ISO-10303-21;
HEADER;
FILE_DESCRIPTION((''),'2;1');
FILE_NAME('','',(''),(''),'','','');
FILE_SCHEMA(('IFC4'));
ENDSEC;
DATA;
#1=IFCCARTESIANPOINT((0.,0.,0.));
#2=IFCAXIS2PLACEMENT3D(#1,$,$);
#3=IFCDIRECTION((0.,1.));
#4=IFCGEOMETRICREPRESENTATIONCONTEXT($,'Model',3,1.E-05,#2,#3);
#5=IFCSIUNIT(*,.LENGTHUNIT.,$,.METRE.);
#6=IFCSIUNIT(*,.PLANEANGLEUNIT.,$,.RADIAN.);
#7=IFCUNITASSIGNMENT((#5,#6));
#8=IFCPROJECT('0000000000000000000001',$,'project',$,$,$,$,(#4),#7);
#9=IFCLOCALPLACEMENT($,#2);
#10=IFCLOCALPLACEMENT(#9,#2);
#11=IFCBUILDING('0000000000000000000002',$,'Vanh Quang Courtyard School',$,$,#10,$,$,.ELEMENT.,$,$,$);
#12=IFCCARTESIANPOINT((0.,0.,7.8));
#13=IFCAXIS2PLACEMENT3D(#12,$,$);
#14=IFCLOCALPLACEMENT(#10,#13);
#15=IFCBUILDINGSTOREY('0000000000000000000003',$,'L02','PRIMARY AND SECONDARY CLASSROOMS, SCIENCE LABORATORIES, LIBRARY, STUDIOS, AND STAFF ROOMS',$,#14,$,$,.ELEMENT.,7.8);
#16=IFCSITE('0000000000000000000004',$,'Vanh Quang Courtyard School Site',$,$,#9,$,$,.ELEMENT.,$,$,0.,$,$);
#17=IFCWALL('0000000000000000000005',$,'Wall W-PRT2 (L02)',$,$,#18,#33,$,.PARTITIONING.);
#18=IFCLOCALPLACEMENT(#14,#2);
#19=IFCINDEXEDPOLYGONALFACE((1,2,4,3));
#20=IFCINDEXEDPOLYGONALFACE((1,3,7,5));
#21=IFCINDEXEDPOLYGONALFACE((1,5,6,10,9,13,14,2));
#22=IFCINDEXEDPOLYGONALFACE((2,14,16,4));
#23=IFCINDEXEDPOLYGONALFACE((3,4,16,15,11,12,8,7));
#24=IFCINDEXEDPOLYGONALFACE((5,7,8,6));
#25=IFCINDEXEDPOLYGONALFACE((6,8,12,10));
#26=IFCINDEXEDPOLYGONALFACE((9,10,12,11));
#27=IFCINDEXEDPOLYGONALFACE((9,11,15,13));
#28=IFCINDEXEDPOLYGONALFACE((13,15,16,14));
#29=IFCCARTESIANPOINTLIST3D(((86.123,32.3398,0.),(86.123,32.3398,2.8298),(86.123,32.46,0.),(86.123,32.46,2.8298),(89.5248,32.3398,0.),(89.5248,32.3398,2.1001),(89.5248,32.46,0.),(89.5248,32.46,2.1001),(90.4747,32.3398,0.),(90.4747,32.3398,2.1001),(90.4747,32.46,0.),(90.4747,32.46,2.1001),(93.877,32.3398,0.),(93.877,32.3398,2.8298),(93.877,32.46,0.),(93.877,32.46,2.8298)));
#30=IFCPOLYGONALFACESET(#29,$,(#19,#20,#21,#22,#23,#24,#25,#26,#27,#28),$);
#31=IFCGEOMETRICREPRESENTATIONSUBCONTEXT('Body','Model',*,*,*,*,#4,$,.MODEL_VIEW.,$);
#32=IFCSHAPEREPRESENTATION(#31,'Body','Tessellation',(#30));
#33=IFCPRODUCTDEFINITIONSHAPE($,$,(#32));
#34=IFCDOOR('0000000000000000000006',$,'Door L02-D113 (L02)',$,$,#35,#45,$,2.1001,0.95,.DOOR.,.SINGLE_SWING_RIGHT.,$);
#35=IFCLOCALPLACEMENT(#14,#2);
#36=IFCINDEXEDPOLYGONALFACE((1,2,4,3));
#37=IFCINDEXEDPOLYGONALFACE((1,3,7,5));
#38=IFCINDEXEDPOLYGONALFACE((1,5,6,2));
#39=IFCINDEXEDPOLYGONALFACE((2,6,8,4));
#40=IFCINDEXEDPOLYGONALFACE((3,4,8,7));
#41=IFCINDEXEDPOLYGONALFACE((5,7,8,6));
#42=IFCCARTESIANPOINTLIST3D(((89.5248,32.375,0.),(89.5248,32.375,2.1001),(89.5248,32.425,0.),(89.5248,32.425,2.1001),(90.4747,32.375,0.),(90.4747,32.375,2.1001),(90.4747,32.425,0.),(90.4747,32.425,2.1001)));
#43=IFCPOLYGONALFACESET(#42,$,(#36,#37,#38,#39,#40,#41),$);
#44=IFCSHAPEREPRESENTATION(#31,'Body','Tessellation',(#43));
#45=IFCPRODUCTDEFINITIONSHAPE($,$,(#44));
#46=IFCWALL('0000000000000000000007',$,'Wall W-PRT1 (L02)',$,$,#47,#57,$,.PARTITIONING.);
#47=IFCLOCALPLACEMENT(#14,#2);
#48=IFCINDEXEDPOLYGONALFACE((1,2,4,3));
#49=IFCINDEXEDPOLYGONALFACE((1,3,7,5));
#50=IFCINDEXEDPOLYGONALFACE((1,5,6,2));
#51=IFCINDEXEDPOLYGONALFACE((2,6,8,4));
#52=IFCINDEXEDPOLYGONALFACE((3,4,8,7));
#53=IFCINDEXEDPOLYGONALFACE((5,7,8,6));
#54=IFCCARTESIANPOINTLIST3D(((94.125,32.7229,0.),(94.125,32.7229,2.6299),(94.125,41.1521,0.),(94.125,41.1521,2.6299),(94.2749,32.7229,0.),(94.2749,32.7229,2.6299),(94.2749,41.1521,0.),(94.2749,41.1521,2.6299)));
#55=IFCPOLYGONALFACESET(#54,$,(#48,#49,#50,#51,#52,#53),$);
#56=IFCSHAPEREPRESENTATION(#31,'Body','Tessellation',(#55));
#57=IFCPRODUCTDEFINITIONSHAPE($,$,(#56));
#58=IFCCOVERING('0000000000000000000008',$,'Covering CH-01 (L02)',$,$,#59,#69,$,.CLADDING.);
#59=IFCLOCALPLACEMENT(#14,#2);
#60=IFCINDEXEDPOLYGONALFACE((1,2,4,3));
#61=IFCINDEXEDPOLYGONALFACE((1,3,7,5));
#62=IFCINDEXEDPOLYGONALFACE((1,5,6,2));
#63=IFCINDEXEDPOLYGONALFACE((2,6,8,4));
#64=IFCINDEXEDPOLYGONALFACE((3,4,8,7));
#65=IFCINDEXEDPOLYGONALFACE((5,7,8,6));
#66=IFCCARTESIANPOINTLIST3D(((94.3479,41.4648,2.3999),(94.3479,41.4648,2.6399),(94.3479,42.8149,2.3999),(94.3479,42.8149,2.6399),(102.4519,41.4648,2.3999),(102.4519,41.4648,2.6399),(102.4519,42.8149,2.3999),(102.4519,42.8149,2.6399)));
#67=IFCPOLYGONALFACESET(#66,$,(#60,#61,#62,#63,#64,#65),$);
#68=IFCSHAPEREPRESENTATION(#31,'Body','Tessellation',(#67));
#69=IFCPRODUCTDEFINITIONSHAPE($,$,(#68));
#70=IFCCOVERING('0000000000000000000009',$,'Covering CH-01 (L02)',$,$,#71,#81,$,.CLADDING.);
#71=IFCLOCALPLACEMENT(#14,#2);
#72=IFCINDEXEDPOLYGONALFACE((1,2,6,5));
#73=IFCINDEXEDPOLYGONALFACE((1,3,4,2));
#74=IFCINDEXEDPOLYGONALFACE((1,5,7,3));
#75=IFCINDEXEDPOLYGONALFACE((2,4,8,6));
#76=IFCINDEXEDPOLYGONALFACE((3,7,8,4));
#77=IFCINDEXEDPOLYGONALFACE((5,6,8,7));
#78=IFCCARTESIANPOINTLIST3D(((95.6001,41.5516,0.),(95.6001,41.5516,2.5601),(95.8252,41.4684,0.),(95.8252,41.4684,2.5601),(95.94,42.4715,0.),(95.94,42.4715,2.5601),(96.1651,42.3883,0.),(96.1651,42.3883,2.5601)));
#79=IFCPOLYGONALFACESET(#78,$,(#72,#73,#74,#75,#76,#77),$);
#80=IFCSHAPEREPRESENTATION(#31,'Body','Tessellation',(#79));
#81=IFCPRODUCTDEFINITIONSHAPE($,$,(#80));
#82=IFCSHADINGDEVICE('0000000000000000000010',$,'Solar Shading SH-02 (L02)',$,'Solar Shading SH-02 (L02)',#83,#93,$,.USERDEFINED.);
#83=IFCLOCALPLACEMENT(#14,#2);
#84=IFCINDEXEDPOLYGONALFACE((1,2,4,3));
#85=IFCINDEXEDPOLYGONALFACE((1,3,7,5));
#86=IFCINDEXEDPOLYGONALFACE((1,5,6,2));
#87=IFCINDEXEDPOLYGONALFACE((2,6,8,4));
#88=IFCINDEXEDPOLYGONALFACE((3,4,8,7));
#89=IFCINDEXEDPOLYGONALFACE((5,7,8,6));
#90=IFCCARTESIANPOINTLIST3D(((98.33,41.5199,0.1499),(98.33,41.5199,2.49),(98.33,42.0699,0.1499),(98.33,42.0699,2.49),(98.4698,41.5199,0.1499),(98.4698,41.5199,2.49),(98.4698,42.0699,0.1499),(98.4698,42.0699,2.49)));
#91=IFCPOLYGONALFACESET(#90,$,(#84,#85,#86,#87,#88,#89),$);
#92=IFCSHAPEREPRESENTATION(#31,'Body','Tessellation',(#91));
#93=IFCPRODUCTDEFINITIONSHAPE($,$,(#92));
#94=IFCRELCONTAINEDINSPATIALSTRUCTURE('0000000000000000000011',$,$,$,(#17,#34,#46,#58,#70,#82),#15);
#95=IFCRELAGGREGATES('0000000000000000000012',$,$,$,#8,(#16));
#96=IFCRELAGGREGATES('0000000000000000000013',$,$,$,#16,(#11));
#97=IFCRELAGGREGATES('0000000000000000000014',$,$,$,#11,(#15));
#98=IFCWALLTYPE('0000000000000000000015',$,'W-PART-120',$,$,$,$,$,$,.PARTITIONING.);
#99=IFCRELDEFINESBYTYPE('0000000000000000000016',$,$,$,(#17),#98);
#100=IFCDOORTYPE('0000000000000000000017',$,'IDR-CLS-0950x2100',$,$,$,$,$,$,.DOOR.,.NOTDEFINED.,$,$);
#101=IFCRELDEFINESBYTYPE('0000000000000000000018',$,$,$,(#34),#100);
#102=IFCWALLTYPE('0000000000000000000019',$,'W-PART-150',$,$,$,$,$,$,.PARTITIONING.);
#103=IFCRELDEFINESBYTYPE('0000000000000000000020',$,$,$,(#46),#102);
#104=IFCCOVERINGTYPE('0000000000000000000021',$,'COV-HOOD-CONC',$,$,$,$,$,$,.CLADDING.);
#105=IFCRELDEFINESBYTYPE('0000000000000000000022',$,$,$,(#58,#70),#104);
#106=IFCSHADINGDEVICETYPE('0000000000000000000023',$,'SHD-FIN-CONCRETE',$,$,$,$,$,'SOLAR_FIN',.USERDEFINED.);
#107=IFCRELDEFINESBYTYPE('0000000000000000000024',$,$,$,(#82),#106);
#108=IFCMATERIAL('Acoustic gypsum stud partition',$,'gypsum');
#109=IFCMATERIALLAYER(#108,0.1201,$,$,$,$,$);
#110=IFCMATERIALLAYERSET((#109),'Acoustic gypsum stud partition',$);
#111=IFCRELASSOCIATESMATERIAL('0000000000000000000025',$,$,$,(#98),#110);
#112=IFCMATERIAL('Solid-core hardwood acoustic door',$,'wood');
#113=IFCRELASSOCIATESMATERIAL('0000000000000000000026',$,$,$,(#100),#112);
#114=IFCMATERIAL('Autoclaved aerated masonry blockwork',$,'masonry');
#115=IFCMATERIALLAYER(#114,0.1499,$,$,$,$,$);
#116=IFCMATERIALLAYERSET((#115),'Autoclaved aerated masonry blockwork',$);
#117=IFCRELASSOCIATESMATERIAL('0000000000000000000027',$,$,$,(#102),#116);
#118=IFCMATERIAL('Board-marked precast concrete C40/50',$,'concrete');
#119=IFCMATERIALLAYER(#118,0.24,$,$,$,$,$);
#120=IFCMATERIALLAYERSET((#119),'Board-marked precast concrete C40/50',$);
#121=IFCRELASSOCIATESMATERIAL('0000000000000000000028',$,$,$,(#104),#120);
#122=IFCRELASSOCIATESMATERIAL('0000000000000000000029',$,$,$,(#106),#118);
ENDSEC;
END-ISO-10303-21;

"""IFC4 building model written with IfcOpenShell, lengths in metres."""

from ifc_helpers import new_model, si_unit, direction, frame, frame_2d, origin, origin_2d, place, context, subcontext, project, spatial, rectangle, extrude, material, layer, layer_set, type_object, element, fill, save


model = new_model("IFC4")

# Units and contexts
model_context = context("Model", 3, precision=1e-05, world=origin(), true_north=direction((0.0, 1.0)))
body_context = subcontext(model_context, "Body", "Model", "MODEL_VIEW")
ifc_project = project(units=[si_unit("LENGTHUNIT", "METRE"), si_unit("PLANEANGLEUNIT", "RADIAN")], contexts=[model_context])

# Site, building, storey
site_placement = place(None, origin())
site = spatial("IfcSite", under=ifc_project, at=site_placement, Name="Vanh Quang Courtyard School Site", CompositionType="ELEMENT", RefElevation=0.0)
building_placement = place(site_placement, origin())
building = spatial("IfcBuilding", under=site, at=building_placement, Name="Vanh Quang Courtyard School", CompositionType="ELEMENT")
storey_placement = place(building_placement, frame((0.0, 0.0, 7.8)))
storey = spatial("IfcBuildingStorey", under=building, at=storey_placement, Name="L02", Description="PRIMARY AND SECONDARY CLASSROOMS, SCIENCE LABORATORIES, LIBRARY, STUDIOS, AND STAFF ROOMS", CompositionType="ELEMENT", Elevation=7.8)

# Wall, opening, door
ifc_material_1 = material(Name="Acoustic gypsum stud partition", Category="gypsum")
ifc_layer_1 = layer(ifc_material_1, 0.1201)
ifc_layer_set_1 = layer_set([ifc_layer_1], Name="Acoustic gypsum stud partition")
wall_type_1 = type_object("IfcWallType", Name="W-PART-120", PredefinedType="PARTITIONING", material=ifc_layer_set_1)
wall_1_placement = place(storey_placement, frame((93.877, 32.3999, 0.0), z_axis=(0.0, 0.0, 1.0), x_axis=(-1.0, 0.0, 0.0)))
wall_1 = element("IfcWall", 1, at=wall_1_placement, inside=storey, type_object=wall_type_1, Name="Wall W-PRT2 (L02)", PredefinedType="PARTITIONING", context=body_context, shape_type="SweptSolid", body=[
    extrude(rectangle(XDim=7.7539, YDim=0.1201, at=frame_2d((3.877, 0.0))), origin(), (0.0, 0.0, 1.0), 2.8298),
])
opening_1_placement = place(wall_1_placement, frame((3.4021, 0.0, 0.0)))
opening_1 = element("IfcOpeningElement", 2, at=opening_1_placement, cuts=wall_1, PredefinedType="OPENING", context=body_context, shape_type="SweptSolid", body=[
    extrude(rectangle(XDim=0.95, YDim=2.1001, at=frame_2d((0.4751, 1.05))), frame((0.0, 0.0701, 0.0), z_axis=(0.0, -1.0, 0.0), x_axis=(1.0, 0.0, 0.0)), (0.0, 0.0, 1.0), 0.1401),
])
ifc_material_2 = material(Name="Solid-core hardwood acoustic door", Category="wood")
door_type = type_object("IfcDoorType", Name="IDR-CLS-0950x2100", OperationType="NOTDEFINED", PredefinedType="DOOR", material=ifc_material_2)
door_placement = place(opening_1_placement, origin())
door = element("IfcDoor", 3, at=door_placement, inside=storey, type_object=door_type, Name="Door L02-D113 (L02)", OperationType="SINGLE_SWING_RIGHT", OverallHeight=2.1001, OverallWidth=0.95, PredefinedType="DOOR", context=body_context, shape_type="SweptSolid", body=[
    extrude(rectangle(XDim=0.95, YDim=2.1001, at=frame_2d((0.4751, 1.05))), frame((0.0, 0.0249, 0.0), z_axis=(0.0, -1.0, 0.0), x_axis=(1.0, 0.0, 0.0)), (0.0, 0.0, 1.0), 0.05),
])
fill(opening_1, door)

# Wall
ifc_material_3 = material(Name="Autoclaved aerated masonry blockwork", Category="masonry")
ifc_layer_2 = layer(ifc_material_3, 0.1499)
ifc_layer_set_2 = layer_set([ifc_layer_2], Name="Autoclaved aerated masonry blockwork")
wall_type_2 = type_object("IfcWallType", Name="W-PART-150", PredefinedType="PARTITIONING", material=ifc_layer_set_2)
wall_2_placement = place(storey_placement, frame((94.2, 41.1521, 0.0), z_axis=(0.0, 0.0, 1.0), x_axis=(0.0, -1.0, 0.0)))
element("IfcWall", 4, at=wall_2_placement, inside=storey, type_object=wall_type_2, Name="Wall W-PRT1 (L02)", PredefinedType="PARTITIONING", context=body_context, shape_type="SweptSolid", body=[
    extrude(rectangle(XDim=8.4292, YDim=0.1499, at=frame_2d((4.2146, 0.0))), origin(), (0.0, 0.0, 1.0), 2.6299),
])

# Coverings
ifc_material_4 = material(Name="Board-marked precast concrete C40/50", Category="concrete")
ifc_layer_3 = layer(ifc_material_4, 0.24)
ifc_layer_set_3 = layer_set([ifc_layer_3], Name="Board-marked precast concrete C40/50")
covering_type = type_object("IfcCoveringType", Name="COV-HOOD-CONC", PredefinedType="CLADDING", material=ifc_layer_set_3)
covering_1_placement = place(storey_placement, frame((98.3999, 42.1399, 2.3999), z_axis=(0.0, 0.0, 1.0), x_axis=(1.0, 0.0, 0.0)))
element("IfcCovering", 5, at=covering_1_placement, inside=storey, type_object=covering_type, Name="Covering CH-01 (L02)", PredefinedType="CLADDING", context=body_context, shape_type="SweptSolid", body=[
    extrude(rectangle(XDim=8.104, YDim=1.3501, at=origin_2d()), origin(), (0.0, 0.0, 1.0), 0.24),
])
covering_2_placement = place(storey_placement, frame((95.8826, 41.97, 0.0), z_axis=(0.0, 0.0, 1.0), x_axis=(0.346608, 0.93801, 0.0)))
element("IfcCovering", 6, at=covering_2_placement, inside=storey, type_object=covering_type, Name="Covering CH-01 (L02)", PredefinedType="CLADDING", context=body_context, shape_type="SweptSolid", body=[
    extrude(rectangle(XDim=0.9807, YDim=0.24, at=origin_2d()), origin(), (0.0, 0.0, 1.0), 2.5601),
])

# Shading device
shading_device_type = type_object("IfcShadingDeviceType", Name="SHD-FIN-CONCRETE", ElementType="SOLAR_FIN", PredefinedType="USERDEFINED", material=ifc_material_4)
shading_device_placement = place(storey_placement, frame((98.3999, 41.7949, 0.1499), z_axis=(0.0, 0.0, 1.0), x_axis=(1.0, 0.0, 0.0)))
element("IfcShadingDevice", 7, at=shading_device_placement, inside=storey, type_object=shading_device_type, Name="Solar Shading SH-02 (L02)", ObjectType="Solar Shading SH-02 (L02)", PredefinedType="USERDEFINED", context=body_context, shape_type="SweptSolid", body=[
    extrude(rectangle(XDim=0.1399, YDim=0.55, at=origin_2d()), origin(), (0.0, 0.0, 1.0), 2.3401),
])

save(model, "model.ifc")
